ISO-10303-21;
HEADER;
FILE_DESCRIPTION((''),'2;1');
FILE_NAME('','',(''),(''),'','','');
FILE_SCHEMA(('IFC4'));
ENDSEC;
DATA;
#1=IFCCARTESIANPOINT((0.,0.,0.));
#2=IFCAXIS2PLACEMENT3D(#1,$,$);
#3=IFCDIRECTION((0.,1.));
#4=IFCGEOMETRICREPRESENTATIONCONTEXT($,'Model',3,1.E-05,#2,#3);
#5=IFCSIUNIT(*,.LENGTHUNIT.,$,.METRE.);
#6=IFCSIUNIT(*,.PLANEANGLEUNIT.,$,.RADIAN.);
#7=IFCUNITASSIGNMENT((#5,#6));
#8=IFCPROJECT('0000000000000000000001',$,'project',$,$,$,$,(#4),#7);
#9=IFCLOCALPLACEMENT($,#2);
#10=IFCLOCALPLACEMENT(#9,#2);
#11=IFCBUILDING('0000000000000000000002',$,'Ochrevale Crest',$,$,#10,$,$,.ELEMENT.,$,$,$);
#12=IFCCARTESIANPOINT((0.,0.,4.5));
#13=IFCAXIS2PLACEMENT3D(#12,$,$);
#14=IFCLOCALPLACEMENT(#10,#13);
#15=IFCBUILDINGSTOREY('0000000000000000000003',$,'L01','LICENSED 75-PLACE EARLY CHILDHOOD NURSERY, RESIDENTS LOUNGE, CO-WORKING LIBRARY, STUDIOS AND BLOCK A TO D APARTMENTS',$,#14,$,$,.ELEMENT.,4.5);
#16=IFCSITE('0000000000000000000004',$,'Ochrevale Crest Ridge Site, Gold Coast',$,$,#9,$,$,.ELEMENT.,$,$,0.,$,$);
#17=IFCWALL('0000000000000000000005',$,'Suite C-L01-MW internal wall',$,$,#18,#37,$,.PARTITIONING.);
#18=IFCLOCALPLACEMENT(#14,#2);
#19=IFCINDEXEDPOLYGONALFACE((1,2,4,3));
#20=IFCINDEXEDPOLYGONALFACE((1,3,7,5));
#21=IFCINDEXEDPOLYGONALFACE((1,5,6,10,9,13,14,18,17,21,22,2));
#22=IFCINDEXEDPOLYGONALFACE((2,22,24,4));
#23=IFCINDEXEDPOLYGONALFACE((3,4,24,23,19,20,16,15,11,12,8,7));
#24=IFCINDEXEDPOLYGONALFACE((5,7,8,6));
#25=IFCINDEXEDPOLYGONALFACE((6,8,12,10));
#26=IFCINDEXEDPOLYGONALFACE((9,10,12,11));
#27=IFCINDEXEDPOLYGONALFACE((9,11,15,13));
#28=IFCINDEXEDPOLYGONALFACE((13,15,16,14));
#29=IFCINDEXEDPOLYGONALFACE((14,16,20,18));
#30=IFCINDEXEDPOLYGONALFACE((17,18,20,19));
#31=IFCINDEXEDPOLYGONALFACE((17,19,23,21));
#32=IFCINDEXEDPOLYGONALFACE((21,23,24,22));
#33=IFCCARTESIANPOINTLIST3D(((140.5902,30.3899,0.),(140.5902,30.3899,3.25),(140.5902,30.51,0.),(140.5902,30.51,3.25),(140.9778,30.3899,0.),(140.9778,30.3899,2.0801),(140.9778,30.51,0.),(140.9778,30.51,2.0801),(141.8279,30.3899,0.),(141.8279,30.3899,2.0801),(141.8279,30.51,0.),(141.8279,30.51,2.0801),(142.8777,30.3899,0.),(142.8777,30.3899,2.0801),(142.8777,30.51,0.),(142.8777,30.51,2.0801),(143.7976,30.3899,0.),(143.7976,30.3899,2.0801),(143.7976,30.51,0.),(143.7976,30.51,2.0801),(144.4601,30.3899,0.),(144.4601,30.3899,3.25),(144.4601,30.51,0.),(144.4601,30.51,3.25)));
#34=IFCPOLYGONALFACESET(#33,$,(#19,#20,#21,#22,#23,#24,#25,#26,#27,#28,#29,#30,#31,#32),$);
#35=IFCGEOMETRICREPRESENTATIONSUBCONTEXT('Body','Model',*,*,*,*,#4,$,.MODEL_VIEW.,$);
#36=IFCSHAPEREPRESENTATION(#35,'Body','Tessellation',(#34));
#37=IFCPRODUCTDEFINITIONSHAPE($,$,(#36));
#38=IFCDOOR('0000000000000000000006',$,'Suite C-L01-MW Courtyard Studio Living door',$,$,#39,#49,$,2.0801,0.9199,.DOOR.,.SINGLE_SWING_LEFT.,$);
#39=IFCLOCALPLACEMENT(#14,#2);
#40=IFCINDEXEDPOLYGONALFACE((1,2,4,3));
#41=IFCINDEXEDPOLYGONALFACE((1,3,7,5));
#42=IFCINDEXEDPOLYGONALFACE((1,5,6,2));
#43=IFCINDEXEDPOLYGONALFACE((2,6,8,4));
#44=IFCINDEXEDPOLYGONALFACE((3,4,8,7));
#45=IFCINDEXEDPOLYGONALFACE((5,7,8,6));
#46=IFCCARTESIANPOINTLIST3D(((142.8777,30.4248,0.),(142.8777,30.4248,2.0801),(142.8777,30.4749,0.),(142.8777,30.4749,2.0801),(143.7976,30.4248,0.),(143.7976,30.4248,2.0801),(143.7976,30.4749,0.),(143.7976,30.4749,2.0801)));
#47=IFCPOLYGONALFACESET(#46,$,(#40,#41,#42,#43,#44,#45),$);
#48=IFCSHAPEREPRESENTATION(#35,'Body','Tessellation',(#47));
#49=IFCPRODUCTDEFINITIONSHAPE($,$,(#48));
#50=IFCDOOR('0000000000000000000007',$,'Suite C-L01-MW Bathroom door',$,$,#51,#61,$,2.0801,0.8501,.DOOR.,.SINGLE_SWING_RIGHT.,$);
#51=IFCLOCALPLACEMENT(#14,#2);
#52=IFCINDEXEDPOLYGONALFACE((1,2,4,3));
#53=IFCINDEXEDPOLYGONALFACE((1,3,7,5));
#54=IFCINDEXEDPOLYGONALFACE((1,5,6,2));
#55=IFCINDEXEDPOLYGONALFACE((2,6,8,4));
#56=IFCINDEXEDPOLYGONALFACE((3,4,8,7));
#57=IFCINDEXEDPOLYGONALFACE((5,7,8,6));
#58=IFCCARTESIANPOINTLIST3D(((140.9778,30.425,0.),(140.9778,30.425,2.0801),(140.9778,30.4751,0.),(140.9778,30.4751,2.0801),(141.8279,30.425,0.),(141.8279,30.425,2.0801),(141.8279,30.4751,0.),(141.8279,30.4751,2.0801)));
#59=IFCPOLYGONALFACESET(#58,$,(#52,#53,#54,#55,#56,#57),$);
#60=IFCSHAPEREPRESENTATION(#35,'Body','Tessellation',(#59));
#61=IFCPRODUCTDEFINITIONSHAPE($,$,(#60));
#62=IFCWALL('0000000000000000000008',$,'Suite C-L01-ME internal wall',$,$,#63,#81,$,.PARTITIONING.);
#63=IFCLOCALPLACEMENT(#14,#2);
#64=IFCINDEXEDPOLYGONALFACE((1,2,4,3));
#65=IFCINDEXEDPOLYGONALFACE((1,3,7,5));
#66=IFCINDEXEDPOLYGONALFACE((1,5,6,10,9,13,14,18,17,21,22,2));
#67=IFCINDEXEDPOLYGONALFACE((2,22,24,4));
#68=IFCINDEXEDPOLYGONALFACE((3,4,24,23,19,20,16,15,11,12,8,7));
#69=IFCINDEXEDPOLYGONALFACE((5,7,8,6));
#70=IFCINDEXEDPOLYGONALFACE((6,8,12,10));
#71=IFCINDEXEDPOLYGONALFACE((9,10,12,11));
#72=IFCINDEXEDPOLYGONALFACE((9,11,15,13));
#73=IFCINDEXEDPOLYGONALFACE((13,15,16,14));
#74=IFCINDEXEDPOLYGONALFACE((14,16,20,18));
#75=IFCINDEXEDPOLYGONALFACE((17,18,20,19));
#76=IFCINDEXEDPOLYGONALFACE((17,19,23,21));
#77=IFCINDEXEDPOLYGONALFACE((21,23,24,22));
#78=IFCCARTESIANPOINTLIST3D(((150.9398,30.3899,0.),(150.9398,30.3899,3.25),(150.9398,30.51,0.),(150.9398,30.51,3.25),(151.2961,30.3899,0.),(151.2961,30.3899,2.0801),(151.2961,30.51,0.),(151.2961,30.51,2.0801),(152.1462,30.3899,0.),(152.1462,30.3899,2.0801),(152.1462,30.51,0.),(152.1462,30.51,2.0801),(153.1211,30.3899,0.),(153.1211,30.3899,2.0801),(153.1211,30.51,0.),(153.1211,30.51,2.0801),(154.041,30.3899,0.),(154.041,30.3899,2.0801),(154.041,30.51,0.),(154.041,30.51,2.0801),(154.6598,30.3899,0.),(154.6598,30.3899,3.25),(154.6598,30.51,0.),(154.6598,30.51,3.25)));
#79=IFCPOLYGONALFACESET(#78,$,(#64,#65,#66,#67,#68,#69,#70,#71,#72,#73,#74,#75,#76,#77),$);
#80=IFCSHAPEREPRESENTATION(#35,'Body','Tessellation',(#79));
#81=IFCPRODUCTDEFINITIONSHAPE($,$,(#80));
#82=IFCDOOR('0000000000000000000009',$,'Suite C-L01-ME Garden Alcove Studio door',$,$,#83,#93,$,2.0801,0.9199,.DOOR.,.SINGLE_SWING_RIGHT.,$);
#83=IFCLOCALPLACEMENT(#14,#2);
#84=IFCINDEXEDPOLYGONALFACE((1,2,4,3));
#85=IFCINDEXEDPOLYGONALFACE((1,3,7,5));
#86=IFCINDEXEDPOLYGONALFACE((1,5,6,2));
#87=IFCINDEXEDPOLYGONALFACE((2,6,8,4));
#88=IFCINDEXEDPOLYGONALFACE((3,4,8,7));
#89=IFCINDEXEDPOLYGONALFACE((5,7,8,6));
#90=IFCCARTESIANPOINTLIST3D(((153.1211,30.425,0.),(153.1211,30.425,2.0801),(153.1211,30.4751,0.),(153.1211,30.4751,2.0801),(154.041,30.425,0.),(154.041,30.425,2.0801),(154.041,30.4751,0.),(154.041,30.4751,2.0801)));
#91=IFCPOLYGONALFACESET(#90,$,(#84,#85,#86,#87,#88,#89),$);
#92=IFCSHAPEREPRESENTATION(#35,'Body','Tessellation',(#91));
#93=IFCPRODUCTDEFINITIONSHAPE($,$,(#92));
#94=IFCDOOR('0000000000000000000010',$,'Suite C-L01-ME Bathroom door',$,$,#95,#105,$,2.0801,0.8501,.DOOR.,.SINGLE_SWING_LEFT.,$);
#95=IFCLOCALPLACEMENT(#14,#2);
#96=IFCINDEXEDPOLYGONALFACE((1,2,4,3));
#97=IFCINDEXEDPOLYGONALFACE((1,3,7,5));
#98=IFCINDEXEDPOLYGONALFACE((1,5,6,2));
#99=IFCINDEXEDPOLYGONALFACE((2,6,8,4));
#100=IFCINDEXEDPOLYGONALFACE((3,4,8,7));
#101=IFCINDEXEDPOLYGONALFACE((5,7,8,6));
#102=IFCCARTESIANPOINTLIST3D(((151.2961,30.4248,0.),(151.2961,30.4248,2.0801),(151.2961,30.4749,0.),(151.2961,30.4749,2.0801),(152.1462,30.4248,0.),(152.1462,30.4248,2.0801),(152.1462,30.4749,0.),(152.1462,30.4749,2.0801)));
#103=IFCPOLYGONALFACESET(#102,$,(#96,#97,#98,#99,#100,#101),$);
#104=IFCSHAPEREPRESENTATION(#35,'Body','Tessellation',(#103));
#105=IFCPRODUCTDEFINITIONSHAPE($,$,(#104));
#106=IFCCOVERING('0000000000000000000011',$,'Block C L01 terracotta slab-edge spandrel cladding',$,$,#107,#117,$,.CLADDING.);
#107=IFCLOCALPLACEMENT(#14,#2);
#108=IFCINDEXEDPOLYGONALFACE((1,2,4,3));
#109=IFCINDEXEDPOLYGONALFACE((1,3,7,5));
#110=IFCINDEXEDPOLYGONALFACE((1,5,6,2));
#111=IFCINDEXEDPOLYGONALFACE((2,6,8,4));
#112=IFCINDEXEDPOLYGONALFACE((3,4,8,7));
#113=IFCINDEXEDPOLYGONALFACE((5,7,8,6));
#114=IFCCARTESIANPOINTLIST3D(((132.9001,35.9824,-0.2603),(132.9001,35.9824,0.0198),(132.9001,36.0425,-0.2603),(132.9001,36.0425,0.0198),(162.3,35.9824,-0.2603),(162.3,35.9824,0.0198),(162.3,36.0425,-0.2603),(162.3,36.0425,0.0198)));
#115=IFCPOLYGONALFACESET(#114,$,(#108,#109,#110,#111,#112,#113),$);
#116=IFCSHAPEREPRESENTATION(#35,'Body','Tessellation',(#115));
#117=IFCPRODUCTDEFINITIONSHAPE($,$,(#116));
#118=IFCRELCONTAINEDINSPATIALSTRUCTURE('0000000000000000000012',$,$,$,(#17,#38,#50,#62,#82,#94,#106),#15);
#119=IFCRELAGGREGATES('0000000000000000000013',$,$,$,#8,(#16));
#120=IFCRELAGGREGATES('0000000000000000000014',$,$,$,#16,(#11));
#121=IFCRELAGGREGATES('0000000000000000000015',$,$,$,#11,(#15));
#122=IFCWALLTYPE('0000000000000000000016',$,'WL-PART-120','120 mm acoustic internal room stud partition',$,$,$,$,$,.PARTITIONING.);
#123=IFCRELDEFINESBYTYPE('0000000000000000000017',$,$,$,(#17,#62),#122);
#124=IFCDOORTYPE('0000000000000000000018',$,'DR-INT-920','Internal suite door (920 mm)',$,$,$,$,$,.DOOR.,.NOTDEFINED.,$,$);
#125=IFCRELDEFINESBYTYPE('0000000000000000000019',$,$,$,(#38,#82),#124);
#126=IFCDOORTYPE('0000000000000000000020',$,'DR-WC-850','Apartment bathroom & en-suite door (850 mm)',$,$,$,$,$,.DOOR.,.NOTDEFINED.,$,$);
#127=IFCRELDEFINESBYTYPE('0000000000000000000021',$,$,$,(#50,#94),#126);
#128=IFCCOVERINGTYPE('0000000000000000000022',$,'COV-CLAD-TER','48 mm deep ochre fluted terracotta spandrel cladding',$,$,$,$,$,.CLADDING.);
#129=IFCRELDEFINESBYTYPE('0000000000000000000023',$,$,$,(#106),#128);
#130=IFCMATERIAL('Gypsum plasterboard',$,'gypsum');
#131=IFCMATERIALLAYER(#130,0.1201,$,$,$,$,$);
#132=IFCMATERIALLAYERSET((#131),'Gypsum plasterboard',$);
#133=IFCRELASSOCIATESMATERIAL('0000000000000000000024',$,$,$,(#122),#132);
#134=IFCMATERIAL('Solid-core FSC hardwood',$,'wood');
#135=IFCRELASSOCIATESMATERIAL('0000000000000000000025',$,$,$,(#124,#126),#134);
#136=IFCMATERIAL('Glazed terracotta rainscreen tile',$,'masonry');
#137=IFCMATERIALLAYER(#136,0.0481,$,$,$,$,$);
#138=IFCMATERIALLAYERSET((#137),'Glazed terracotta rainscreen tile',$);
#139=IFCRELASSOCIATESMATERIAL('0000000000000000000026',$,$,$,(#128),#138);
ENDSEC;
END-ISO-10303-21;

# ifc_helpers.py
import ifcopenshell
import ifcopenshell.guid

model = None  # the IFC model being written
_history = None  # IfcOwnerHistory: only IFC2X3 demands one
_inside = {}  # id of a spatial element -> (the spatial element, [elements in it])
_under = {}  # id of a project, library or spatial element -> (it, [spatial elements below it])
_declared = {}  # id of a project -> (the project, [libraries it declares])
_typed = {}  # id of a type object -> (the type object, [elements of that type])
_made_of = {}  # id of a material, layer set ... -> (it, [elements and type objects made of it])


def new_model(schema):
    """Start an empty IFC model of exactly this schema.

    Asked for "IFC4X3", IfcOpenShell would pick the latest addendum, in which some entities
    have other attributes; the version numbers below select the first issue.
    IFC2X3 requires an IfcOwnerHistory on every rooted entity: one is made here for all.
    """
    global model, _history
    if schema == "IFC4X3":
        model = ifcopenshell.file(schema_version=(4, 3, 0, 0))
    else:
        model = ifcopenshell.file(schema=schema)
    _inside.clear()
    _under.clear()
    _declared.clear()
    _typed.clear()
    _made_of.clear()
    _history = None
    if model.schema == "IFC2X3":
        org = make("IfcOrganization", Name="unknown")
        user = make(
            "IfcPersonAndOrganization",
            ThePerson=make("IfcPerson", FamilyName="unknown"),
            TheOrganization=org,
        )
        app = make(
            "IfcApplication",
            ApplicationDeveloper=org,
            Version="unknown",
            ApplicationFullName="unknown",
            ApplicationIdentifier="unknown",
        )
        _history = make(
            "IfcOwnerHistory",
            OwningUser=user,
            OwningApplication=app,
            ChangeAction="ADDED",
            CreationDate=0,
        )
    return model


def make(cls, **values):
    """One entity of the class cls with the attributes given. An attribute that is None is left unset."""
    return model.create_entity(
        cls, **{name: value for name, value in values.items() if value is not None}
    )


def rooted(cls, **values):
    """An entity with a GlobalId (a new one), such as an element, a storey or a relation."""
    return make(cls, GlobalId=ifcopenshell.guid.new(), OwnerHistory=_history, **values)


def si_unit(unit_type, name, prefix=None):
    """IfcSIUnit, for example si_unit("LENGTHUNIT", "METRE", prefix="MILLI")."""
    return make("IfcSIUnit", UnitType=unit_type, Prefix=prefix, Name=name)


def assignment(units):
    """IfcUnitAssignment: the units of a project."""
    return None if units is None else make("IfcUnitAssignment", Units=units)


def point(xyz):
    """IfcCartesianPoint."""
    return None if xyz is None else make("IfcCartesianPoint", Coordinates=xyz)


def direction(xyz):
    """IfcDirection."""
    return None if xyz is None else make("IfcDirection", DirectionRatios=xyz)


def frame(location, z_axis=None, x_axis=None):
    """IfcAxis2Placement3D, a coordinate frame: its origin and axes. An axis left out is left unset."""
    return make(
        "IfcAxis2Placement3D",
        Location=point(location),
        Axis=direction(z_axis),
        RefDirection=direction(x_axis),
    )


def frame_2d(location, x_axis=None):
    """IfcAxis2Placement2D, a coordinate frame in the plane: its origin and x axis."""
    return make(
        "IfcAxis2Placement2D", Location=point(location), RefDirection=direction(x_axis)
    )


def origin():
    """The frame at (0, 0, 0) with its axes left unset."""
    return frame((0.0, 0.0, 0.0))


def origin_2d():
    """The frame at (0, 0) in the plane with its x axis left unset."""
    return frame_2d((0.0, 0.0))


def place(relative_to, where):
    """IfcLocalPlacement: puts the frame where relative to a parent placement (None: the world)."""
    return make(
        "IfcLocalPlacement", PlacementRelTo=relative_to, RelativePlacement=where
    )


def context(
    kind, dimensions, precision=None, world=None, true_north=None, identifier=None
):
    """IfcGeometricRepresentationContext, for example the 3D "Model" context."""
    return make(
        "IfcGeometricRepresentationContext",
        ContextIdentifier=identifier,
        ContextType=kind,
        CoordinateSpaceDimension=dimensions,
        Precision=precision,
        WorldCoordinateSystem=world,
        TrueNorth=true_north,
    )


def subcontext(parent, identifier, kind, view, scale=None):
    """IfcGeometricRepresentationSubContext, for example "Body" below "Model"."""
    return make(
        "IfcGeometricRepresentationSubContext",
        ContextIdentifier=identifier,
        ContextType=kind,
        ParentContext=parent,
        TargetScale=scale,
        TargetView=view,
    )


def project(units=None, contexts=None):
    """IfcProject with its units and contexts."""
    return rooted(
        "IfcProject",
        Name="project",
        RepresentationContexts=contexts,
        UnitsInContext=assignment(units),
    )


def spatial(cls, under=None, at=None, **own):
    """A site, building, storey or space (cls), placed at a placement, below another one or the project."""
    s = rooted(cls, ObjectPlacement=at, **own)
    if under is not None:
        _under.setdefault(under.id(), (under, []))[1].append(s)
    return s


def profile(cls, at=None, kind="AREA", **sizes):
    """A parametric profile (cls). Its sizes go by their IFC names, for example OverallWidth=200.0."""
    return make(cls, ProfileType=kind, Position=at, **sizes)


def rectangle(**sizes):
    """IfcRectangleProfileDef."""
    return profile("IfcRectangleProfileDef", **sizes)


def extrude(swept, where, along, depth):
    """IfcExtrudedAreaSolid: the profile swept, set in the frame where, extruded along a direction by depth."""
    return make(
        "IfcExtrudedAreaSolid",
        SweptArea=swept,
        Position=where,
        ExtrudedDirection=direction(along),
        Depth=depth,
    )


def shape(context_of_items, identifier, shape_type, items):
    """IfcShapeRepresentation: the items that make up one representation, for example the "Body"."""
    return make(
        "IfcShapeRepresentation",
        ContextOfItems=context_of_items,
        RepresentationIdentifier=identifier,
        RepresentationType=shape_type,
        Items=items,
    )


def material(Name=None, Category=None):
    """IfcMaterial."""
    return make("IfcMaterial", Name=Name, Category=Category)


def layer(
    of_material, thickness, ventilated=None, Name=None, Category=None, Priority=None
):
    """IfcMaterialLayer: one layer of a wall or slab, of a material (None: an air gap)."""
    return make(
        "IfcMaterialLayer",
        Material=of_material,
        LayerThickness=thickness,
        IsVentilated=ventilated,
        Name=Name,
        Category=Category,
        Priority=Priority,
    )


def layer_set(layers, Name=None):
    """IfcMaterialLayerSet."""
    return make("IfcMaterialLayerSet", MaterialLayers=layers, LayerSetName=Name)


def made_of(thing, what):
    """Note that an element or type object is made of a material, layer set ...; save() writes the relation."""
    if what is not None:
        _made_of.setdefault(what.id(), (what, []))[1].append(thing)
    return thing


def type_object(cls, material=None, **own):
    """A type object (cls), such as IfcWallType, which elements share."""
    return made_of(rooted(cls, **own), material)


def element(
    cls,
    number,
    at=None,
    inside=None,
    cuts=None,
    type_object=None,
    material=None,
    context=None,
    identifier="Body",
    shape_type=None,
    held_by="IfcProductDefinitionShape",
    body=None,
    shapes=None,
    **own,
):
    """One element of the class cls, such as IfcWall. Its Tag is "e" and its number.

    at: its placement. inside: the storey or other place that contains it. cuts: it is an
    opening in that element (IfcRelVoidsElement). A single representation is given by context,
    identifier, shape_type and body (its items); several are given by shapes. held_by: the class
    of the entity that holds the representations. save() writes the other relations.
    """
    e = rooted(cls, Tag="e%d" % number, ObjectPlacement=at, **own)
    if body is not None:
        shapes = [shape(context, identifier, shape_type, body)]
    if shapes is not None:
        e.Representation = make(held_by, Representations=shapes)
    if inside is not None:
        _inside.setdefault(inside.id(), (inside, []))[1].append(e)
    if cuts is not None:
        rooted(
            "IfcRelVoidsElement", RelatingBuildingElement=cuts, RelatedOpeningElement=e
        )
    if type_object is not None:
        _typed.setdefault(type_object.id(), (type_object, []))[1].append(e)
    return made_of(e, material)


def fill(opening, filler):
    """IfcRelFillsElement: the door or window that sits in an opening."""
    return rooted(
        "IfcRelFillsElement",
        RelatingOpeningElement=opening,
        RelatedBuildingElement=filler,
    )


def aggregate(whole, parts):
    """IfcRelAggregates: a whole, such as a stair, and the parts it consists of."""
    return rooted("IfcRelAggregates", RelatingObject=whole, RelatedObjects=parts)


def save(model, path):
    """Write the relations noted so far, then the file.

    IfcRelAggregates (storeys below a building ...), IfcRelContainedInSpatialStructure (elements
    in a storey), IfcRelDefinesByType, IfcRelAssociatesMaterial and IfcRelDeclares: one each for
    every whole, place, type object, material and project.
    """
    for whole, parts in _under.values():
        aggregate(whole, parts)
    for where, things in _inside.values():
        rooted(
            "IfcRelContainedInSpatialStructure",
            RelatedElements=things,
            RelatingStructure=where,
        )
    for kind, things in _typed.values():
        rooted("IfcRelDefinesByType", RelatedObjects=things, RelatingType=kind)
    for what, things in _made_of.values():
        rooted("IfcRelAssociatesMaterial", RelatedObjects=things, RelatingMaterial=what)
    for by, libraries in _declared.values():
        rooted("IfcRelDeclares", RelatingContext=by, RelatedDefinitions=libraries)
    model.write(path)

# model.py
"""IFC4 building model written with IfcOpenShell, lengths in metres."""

from ifc_helpers import new_model, si_unit, direction, frame, frame_2d, origin, origin_2d, place, context, subcontext, project, spatial, rectangle, extrude, material, layer, layer_set, type_object, element, fill, save


model = new_model("IFC4")

# Units and contexts
model_context = context("Model", 3, precision=1e-05, world=origin(), true_north=direction((0.0, 1.0)))
body_context = subcontext(model_context, "Body", "Model", "MODEL_VIEW")
ifc_project = project(units=[si_unit("LENGTHUNIT", "METRE"), si_unit("PLANEANGLEUNIT", "RADIAN")], contexts=[model_context])

# Site, building, storey
site_placement = place(None, origin())
site = spatial("IfcSite", under=ifc_project, at=site_placement, Name="Ochrevale Crest Ridge Site, Gold Coast", CompositionType="ELEMENT", RefElevation=0.0)
building_placement = place(site_placement, origin())
building = spatial("IfcBuilding", under=site, at=building_placement, Name="Ochrevale Crest", CompositionType="ELEMENT")
storey_placement = place(building_placement, frame((0.0, 0.0, 4.5)))
storey = spatial("IfcBuildingStorey", under=building, at=storey_placement, Name="L01", Description="LICENSED 75-PLACE EARLY CHILDHOOD NURSERY, RESIDENTS LOUNGE, CO-WORKING LIBRARY, STUDIOS AND BLOCK A TO D APARTMENTS", CompositionType="ELEMENT", Elevation=4.5)

# Walls, openings, doors
ifc_material_1 = material(Name="Gypsum plasterboard", Category="gypsum")
ifc_layer_1 = layer(ifc_material_1, 0.1201)
ifc_layer_set_1 = layer_set([ifc_layer_1], Name="Gypsum plasterboard")
wall_type_1 = type_object("IfcWallType", Name="WL-PART-120", Description="120 mm acoustic internal room stud partition", PredefinedType="PARTITIONING", material=ifc_layer_set_1)
wall_1_placement = place(storey_placement, frame((140.5901, 30.45, 0.0), z_axis=(0.0, 0.0, 1.0), x_axis=(1.0, 0.0, 0.0)))
wall_1 = element("IfcWall", 1, at=wall_1_placement, inside=storey, type_object=wall_type_1, Name="Suite C-L01-MW internal wall", PredefinedType="PARTITIONING", context=body_context, shape_type="SweptSolid", body=[
    extrude(rectangle(XDim=3.8699, YDim=0.1201, at=frame_2d((1.9351, 0.0))), origin(), (0.0, 0.0, 1.0), 3.25),
])
opening_1_placement = place(wall_1_placement, frame((1.2378, 0.0, 0.0), z_axis=(0.0, 0.0, 1.0), x_axis=(-1.0, 0.0, 0.0)))
opening_1 = element("IfcOpeningElement", 2, at=opening_1_placement, cuts=wall_1, PredefinedType="OPENING", context=body_context, shape_type="SweptSolid", body=[
    extrude(rectangle(XDim=0.8501, YDim=2.0801, at=frame_2d((0.425, 1.04))), frame((0.0, 0.0701, 0.0), z_axis=(0.0, -1.0, 0.0), x_axis=(1.0, 0.0, 0.0)), (0.0, 0.0, 1.0), 0.1401),
])
opening_2_placement = place(wall_1_placement, frame((2.2876, 0.0, 0.0)))
opening_2 = element("IfcOpeningElement", 3, at=opening_2_placement, cuts=wall_1, PredefinedType="OPENING", context=body_context, shape_type="SweptSolid", body=[
    extrude(rectangle(XDim=0.9199, YDim=2.0801, at=frame_2d((0.46, 1.04))), frame((0.0, 0.0701, 0.0), z_axis=(0.0, -1.0, 0.0), x_axis=(1.0, 0.0, 0.0)), (0.0, 0.0, 1.0), 0.1401),
])
ifc_material_2 = material(Name="Solid-core FSC hardwood", Category="wood")
door_type_1 = type_object("IfcDoorType", Name="DR-INT-920", Description="Internal suite door (920 mm)", OperationType="NOTDEFINED", PredefinedType="DOOR", material=ifc_material_2)
door_1_placement = place(opening_2_placement, origin())
door_1 = element("IfcDoor", 4, at=door_1_placement, inside=storey, type_object=door_type_1, Name="Suite C-L01-MW Courtyard Studio Living door", OperationType="SINGLE_SWING_LEFT", OverallHeight=2.0801, OverallWidth=0.9199, PredefinedType="DOOR", context=body_context, shape_type="SweptSolid", body=[
    extrude(rectangle(XDim=0.9199, YDim=2.0801, at=frame_2d((0.46, 1.04))), frame((0.0, 0.0249, 0.0), z_axis=(0.0, -1.0, 0.0), x_axis=(1.0, 0.0, 0.0)), (0.0, 0.0, 1.0), 0.05),
])
fill(opening_2, door_1)
door_type_2 = type_object("IfcDoorType", Name="DR-WC-850", Description="Apartment bathroom & en-suite door (850 mm)", OperationType="NOTDEFINED", PredefinedType="DOOR", material=ifc_material_2)
door_2_placement = place(opening_1_placement, origin())
door_2 = element("IfcDoor", 5, at=door_2_placement, inside=storey, type_object=door_type_2, Name="Suite C-L01-MW Bathroom door", OperationType="SINGLE_SWING_RIGHT", OverallHeight=2.0801, OverallWidth=0.8501, PredefinedType="DOOR", context=body_context, shape_type="SweptSolid", body=[
    extrude(rectangle(XDim=0.8501, YDim=2.0801, at=frame_2d((0.425, 1.04))), frame((0.0, 0.0249, 0.0), z_axis=(0.0, -1.0, 0.0), x_axis=(1.0, 0.0, 0.0)), (0.0, 0.0, 1.0), 0.05),
])
fill(opening_1, door_2)
wall_2_placement = place(storey_placement, frame((150.9399, 30.45, 0.0), z_axis=(0.0, 0.0, 1.0), x_axis=(1.0, 0.0, 0.0)))
wall_2 = element("IfcWall", 6, at=wall_2_placement, inside=storey, type_object=wall_type_1, Name="Suite C-L01-ME internal wall", PredefinedType="PARTITIONING", context=body_context, shape_type="SweptSolid", body=[
    extrude(rectangle(XDim=3.72, YDim=0.1201, at=frame_2d((1.8599, 0.0))), origin(), (0.0, 0.0, 1.0), 3.25),
])
opening_3_placement = place(wall_2_placement, frame((0.3562, 0.0, 0.0)))
opening_3 = element("IfcOpeningElement", 7, at=opening_3_placement, cuts=wall_2, PredefinedType="OPENING", context=body_context, shape_type="SweptSolid", body=[
    extrude(rectangle(XDim=0.8501, YDim=2.0801, at=frame_2d((0.425, 1.04))), frame((0.0, 0.0701, 0.0), z_axis=(0.0, -1.0, 0.0), x_axis=(1.0, 0.0, 0.0)), (0.0, 0.0, 1.0), 0.1401),
])
opening_4_placement = place(wall_2_placement, frame((3.1011, 0.0, 0.0), z_axis=(0.0, 0.0, 1.0), x_axis=(-1.0, 0.0, 0.0)))
opening_4 = element("IfcOpeningElement", 8, at=opening_4_placement, cuts=wall_2, PredefinedType="OPENING", context=body_context, shape_type="SweptSolid", body=[
    extrude(rectangle(XDim=0.9199, YDim=2.0801, at=frame_2d((0.46, 1.04))), frame((0.0, 0.0701, 0.0), z_axis=(0.0, -1.0, 0.0), x_axis=(1.0, 0.0, 0.0)), (0.0, 0.0, 1.0), 0.1401),
])
door_3_placement = place(opening_4_placement, origin())
door_3 = element("IfcDoor", 9, at=door_3_placement, inside=storey, type_object=door_type_1, Name="Suite C-L01-ME Garden Alcove Studio door", OperationType="SINGLE_SWING_RIGHT", OverallHeight=2.0801, OverallWidth=0.9199, PredefinedType="DOOR", context=body_context, shape_type="SweptSolid", body=[
    extrude(rectangle(XDim=0.9199, YDim=2.0801, at=frame_2d((0.46, 1.04))), frame((0.0, 0.0249, 0.0), z_axis=(0.0, -1.0, 0.0), x_axis=(1.0, 0.0, 0.0)), (0.0, 0.0, 1.0), 0.05),
])
fill(opening_4, door_3)
door_4_placement = place(opening_3_placement, origin())
door_4 = element("IfcDoor", 10, at=door_4_placement, inside=storey, type_object=door_type_2, Name="Suite C-L01-ME Bathroom door", OperationType="SINGLE_SWING_LEFT", OverallHeight=2.0801, OverallWidth=0.8501, PredefinedType="DOOR", context=body_context, shape_type="SweptSolid", body=[
    extrude(rectangle(XDim=0.8501, YDim=2.0801, at=frame_2d((0.425, 1.04))), frame((0.0, 0.0249, 0.0), z_axis=(0.0, -1.0, 0.0), x_axis=(1.0, 0.0, 0.0)), (0.0, 0.0, 1.0), 0.05),
])
fill(opening_3, door_4)

# Covering
ifc_material_3 = material(Name="Glazed terracotta rainscreen tile", Category="masonry")
ifc_layer_2 = layer(ifc_material_3, 0.0481)
ifc_layer_set_2 = layer_set([ifc_layer_2], Name="Glazed terracotta rainscreen tile")
covering_type = type_object("IfcCoveringType", Name="COV-CLAD-TER", Description="48 mm deep ochre fluted terracotta spandrel cladding", PredefinedType="CLADDING", material=ifc_layer_set_2)
covering_placement = place(storey_placement, frame((147.6001, 36.0125, -0.2603), z_axis=(0.0, 0.0, 1.0), x_axis=(-1.0, 0.0, 0.0)))
element("IfcCovering", 11, at=covering_placement, inside=storey, type_object=covering_type, Name="Block C L01 terracotta slab-edge spandrel cladding", PredefinedType="CLADDING", context=body_context, shape_type="SweptSolid", body=[
    extrude(rectangle(XDim=29.3999, YDim=0.0601, at=origin_2d()), origin(), (0.0, 0.0, 1.0), 0.28),
])

save(model, "model.ifc")
